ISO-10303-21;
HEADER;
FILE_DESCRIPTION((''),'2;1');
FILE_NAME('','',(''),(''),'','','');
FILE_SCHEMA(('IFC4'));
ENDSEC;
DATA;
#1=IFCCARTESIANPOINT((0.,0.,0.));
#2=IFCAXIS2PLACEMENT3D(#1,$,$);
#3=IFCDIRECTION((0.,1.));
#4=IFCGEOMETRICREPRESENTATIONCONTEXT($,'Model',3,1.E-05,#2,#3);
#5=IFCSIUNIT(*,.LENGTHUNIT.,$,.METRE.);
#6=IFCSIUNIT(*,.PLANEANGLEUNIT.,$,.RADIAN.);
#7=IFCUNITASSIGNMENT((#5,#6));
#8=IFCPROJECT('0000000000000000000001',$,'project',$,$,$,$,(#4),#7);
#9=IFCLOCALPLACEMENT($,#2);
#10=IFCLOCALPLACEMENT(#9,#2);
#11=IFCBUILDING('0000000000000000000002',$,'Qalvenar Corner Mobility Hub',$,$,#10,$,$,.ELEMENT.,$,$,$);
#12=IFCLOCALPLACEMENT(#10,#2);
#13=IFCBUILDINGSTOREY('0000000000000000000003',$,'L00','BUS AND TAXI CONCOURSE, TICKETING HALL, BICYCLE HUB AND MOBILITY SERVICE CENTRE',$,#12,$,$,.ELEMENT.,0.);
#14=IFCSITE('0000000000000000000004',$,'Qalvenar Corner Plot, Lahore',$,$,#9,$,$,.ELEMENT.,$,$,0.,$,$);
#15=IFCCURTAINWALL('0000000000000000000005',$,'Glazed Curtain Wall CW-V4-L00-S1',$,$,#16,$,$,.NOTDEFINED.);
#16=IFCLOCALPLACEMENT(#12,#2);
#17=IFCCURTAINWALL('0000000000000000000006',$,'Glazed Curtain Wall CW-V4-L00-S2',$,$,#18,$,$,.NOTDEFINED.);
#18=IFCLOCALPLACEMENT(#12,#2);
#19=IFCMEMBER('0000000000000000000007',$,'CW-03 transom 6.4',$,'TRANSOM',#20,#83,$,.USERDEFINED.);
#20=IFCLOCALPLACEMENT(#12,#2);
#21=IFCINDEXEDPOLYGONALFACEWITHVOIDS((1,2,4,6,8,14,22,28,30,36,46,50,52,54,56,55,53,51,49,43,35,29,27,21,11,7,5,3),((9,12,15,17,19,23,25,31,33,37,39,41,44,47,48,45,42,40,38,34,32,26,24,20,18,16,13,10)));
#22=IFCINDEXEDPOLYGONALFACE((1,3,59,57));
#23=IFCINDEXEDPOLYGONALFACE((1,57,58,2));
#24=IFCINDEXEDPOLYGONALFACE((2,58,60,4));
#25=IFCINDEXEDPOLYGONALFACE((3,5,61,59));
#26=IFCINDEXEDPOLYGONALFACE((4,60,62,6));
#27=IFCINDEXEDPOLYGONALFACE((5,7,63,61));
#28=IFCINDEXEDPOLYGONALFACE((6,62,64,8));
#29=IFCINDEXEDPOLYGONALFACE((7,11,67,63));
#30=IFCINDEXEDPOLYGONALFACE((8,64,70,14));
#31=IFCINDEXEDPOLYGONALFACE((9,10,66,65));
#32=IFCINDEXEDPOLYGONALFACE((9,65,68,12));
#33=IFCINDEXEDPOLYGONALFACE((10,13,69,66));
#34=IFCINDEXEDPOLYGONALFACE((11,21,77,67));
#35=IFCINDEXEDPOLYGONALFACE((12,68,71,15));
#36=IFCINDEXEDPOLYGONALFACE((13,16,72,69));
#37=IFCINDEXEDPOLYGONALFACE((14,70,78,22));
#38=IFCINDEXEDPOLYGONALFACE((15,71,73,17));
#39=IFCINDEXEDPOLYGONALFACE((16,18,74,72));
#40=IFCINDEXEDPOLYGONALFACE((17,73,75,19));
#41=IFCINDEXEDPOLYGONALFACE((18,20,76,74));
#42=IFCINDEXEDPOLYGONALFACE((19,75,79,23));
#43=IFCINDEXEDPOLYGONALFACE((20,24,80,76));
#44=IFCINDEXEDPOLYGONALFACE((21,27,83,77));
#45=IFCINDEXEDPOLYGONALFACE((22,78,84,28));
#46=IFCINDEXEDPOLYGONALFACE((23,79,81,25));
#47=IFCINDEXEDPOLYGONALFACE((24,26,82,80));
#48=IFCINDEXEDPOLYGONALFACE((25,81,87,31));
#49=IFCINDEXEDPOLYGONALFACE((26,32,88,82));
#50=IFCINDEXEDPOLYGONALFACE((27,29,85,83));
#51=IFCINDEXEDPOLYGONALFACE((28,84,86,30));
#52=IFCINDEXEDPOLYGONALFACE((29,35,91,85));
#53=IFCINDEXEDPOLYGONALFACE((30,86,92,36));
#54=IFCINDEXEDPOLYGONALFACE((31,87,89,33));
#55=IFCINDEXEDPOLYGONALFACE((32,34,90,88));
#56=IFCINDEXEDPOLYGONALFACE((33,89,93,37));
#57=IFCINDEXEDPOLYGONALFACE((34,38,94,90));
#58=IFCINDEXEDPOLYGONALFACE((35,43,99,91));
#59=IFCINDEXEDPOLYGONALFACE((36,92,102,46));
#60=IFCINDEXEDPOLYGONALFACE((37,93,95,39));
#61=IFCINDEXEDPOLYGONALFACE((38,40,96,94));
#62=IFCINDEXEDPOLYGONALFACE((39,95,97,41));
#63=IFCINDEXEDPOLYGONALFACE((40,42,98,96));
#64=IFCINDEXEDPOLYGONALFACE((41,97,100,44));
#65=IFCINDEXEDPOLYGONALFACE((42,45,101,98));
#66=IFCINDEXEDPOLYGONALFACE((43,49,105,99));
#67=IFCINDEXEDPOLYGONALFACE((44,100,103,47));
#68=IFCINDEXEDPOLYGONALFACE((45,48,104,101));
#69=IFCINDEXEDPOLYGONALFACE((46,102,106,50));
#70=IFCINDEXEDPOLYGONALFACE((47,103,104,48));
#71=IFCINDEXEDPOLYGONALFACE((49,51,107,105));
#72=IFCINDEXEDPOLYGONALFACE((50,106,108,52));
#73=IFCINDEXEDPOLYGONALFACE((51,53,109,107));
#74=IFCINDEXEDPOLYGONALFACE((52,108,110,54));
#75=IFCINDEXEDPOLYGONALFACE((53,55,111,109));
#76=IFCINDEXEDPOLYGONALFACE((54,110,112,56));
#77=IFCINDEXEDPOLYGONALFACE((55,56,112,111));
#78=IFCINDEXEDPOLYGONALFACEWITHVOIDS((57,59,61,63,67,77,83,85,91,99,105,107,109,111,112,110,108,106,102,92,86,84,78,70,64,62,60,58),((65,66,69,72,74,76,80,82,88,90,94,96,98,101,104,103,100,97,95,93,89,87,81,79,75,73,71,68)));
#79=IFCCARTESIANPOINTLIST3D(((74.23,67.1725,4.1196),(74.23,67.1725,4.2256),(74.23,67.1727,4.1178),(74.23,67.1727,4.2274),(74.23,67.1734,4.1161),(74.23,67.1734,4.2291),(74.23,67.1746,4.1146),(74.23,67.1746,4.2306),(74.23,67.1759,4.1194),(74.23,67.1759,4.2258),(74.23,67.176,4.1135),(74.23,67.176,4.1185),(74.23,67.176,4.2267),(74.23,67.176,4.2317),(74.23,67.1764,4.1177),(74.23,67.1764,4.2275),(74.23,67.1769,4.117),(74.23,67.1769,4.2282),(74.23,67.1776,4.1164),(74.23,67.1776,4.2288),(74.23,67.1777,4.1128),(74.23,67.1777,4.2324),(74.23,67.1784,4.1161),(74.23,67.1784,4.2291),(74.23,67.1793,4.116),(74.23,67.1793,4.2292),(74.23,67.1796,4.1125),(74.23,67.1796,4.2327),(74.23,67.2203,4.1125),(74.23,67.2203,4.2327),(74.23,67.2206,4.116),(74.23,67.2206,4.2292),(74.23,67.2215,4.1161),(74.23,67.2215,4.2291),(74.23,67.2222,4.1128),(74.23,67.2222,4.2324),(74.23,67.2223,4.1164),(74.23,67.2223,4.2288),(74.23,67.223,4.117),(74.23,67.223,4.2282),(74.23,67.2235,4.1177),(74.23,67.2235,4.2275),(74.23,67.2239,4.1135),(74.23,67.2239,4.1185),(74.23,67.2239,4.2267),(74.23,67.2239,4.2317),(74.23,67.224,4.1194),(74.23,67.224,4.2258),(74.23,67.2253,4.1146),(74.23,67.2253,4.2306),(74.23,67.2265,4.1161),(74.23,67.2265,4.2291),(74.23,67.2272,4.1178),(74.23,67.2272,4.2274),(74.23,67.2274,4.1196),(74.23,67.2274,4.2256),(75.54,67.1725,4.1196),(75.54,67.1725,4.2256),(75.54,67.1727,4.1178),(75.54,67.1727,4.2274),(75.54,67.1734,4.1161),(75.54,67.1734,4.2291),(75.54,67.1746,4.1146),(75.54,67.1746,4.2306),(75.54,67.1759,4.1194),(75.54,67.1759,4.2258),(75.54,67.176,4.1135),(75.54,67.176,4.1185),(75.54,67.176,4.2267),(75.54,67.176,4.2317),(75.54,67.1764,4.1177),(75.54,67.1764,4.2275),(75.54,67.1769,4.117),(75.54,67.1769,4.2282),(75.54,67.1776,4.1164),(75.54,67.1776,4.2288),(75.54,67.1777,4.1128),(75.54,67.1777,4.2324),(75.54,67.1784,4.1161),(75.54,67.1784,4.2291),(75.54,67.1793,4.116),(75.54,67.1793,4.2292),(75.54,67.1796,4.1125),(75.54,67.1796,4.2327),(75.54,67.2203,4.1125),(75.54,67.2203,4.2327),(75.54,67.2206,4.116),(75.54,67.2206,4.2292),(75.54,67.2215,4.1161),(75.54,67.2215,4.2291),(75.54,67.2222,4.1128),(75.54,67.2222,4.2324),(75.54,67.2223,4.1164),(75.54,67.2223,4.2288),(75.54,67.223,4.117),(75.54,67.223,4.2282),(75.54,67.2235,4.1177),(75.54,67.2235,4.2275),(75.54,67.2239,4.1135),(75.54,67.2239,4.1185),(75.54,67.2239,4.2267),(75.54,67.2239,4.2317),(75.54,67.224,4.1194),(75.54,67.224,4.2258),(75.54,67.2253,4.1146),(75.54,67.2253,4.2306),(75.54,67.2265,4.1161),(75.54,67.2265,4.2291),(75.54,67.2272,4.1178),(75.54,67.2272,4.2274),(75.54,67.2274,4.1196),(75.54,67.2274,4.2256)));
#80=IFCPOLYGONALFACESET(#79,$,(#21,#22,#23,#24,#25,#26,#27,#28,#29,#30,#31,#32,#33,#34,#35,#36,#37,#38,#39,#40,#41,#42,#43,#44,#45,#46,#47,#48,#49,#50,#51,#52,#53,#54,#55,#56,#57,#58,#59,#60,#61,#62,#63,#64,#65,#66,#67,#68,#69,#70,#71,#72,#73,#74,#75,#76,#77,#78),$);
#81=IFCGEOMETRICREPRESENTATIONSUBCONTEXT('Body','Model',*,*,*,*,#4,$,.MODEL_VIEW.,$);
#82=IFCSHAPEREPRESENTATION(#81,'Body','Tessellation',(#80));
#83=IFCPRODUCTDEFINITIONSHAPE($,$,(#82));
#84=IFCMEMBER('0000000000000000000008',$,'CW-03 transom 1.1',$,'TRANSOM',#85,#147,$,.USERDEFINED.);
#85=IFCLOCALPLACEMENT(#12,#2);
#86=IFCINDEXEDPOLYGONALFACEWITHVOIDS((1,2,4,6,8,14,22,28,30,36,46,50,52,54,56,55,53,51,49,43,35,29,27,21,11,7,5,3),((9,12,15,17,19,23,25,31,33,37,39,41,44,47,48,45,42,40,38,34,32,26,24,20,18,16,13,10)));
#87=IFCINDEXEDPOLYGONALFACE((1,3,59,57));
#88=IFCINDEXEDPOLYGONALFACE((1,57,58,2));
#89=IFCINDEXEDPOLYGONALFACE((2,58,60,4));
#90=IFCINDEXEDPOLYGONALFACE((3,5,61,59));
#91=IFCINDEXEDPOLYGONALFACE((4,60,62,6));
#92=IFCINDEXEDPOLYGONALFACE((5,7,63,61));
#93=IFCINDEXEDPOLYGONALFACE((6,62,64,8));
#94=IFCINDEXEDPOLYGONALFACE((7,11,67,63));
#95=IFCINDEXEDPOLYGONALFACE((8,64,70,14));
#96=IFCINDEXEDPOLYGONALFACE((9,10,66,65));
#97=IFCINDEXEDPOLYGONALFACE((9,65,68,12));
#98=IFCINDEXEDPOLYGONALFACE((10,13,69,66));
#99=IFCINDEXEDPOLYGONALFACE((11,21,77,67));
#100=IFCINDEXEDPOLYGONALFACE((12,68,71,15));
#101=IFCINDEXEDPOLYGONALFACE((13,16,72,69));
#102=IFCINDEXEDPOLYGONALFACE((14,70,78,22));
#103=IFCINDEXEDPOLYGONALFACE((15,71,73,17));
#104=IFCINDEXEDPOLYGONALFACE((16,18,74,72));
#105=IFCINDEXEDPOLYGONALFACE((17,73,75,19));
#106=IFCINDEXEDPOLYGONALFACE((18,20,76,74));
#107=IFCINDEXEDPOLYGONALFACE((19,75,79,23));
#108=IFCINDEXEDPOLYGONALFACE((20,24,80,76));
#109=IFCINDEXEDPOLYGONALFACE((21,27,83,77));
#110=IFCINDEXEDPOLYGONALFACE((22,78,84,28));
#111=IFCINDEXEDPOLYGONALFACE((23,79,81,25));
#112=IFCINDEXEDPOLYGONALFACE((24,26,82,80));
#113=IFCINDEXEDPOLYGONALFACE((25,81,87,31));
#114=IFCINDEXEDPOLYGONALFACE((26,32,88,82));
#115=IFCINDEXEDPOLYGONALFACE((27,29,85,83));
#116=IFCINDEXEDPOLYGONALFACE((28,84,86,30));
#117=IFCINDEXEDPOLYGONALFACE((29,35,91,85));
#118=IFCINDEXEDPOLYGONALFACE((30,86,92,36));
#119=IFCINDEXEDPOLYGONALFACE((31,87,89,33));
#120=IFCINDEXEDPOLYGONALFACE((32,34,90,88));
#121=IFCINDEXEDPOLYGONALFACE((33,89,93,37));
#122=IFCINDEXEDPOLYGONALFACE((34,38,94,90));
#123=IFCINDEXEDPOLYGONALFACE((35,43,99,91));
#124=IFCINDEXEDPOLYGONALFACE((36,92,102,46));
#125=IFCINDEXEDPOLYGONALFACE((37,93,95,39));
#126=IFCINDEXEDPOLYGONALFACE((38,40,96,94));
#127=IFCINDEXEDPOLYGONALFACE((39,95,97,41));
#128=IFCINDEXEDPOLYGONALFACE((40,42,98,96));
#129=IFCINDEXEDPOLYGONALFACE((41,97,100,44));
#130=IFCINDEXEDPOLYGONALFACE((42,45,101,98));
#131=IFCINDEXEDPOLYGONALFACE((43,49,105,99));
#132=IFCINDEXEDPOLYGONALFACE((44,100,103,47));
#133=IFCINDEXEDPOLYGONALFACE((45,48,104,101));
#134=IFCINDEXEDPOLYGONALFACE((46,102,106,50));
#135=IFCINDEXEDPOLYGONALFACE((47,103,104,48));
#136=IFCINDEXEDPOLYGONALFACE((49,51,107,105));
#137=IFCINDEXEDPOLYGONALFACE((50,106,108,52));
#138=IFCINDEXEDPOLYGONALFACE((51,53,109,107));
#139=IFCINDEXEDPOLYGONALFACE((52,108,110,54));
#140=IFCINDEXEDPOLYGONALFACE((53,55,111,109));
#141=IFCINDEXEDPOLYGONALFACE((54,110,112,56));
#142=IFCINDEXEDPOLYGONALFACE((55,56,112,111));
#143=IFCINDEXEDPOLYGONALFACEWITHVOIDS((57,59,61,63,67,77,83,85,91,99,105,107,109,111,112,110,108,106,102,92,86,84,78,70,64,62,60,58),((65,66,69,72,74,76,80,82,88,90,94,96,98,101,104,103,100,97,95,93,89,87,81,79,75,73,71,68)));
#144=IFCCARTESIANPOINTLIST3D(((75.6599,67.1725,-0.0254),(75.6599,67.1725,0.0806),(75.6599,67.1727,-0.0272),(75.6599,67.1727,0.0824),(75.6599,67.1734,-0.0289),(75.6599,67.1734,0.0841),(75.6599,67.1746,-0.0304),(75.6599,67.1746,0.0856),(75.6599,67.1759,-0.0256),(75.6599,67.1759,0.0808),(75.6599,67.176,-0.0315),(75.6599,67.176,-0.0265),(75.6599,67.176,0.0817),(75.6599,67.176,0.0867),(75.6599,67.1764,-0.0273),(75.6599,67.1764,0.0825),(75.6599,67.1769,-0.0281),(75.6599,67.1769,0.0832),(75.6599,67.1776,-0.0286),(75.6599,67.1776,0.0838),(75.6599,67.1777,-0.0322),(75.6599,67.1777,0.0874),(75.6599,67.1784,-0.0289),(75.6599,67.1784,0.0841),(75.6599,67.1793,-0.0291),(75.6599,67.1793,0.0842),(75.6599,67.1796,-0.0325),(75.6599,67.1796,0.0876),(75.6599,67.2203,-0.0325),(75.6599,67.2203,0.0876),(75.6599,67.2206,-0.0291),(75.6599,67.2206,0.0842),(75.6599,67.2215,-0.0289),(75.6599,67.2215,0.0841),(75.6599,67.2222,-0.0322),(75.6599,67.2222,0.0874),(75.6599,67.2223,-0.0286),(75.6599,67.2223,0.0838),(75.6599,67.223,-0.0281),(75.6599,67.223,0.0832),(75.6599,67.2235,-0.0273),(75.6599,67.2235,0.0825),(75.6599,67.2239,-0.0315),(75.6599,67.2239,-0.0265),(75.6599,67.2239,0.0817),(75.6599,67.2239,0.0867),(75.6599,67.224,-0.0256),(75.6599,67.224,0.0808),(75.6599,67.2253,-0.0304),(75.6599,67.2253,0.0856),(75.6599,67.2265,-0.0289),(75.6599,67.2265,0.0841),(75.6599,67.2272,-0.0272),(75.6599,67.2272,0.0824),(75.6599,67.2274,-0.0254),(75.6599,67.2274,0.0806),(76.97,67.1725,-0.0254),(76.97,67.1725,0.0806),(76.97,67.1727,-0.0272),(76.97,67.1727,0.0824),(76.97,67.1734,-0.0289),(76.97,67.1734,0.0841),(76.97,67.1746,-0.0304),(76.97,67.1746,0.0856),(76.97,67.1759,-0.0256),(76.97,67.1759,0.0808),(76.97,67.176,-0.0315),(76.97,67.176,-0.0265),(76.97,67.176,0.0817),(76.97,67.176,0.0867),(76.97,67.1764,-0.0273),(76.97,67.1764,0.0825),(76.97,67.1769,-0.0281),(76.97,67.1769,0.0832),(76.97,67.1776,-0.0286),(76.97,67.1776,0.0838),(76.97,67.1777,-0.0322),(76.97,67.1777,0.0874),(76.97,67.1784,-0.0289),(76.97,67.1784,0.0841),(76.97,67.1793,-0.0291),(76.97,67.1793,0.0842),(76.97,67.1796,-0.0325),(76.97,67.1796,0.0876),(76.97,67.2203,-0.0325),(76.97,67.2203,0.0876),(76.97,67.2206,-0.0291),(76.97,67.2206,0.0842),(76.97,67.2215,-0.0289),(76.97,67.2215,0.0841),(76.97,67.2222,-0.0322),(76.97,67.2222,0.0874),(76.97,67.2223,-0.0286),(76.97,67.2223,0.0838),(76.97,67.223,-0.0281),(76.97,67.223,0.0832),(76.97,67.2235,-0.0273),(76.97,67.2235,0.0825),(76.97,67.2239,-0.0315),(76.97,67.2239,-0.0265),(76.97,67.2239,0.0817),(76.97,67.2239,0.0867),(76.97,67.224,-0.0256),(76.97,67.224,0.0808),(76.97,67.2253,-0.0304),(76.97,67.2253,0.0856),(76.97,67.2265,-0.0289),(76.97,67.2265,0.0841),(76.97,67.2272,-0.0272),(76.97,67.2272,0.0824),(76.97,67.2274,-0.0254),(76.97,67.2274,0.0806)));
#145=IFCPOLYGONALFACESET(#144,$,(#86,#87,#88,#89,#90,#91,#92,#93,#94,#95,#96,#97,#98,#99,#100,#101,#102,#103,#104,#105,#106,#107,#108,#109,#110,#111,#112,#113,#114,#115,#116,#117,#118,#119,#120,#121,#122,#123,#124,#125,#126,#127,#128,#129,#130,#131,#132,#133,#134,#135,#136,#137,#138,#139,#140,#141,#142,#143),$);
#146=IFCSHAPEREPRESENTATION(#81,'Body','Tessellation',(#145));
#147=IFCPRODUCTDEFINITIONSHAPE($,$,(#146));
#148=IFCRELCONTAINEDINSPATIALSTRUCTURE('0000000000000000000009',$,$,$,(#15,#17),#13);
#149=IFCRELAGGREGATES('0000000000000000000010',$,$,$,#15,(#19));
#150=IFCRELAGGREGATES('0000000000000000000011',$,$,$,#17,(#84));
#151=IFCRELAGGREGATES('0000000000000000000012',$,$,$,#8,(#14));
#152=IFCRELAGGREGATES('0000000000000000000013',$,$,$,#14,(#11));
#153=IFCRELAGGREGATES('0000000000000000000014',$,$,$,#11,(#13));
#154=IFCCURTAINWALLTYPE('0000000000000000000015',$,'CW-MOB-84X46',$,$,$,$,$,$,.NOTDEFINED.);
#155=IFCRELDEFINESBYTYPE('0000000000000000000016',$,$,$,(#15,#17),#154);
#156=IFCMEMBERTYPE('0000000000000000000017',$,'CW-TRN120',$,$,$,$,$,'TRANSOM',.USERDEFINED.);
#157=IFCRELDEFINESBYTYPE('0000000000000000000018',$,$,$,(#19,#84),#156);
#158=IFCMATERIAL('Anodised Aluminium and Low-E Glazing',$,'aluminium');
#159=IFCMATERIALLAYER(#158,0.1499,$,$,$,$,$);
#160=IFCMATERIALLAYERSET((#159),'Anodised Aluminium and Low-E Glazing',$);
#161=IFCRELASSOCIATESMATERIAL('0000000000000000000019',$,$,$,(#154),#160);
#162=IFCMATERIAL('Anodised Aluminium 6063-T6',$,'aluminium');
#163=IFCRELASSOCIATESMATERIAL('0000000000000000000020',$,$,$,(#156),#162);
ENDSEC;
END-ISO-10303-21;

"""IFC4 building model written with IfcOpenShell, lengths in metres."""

from ifc_helpers import new_model, si_unit, direction, frame, origin, origin_2d, place, context, subcontext, project, spatial, hollow_rectangle, extrude, material, layer, layer_set, material_profile, profile_set, type_object, element, aggregate, save


model = new_model("IFC4")

# Units and contexts
model_context = context("Model", 3, precision=1e-05, world=origin(), true_north=direction((0.0, 1.0)))
body_context = subcontext(model_context, "Body", "Model", "MODEL_VIEW")
ifc_project = project(units=[si_unit("LENGTHUNIT", "METRE"), si_unit("PLANEANGLEUNIT", "RADIAN")], contexts=[model_context])

# Site, building, storey
site_placement = place(None, origin())
site = spatial("IfcSite", under=ifc_project, at=site_placement, Name="Qalvenar Corner Plot, Lahore", CompositionType="ELEMENT", RefElevation=0.0)
building_placement = place(site_placement, origin())
building = spatial("IfcBuilding", under=site, at=building_placement, Name="Qalvenar Corner Mobility Hub", CompositionType="ELEMENT")
storey_placement = place(building_placement, origin())
storey = spatial("IfcBuildingStorey", under=building, at=storey_placement, Name="L00", Description="BUS AND TAXI CONCOURSE, TICKETING HALL, BICYCLE HUB AND MOBILITY SERVICE CENTRE", CompositionType="ELEMENT", Elevation=0.0)

# Curtain walls
ifc_material_1 = material(Name="Anodised Aluminium and Low-E Glazing", Category="aluminium")
ifc_layer_1 = layer(ifc_material_1, 0.1499)
ifc_layer_set_1 = layer_set([ifc_layer_1], Name="Anodised Aluminium and Low-E Glazing")
curtain_wall_type = type_object("IfcCurtainWallType", Name="CW-MOB-84X46", PredefinedType="NOTDEFINED", material=ifc_layer_set_1)
curtain_wall_1_placement = place(storey_placement, origin())
curtain_wall_1 = element("IfcCurtainWall", 1, at=curtain_wall_1_placement, inside=storey, type_object=curtain_wall_type, Name="Glazed Curtain Wall CW-V4-L00-S1", PredefinedType="NOTDEFINED")
ifc_material_2 = material(Name="Anodised Aluminium 6063-T6", Category="aluminium")
curtain_wall_2_placement = place(storey_placement, origin())
curtain_wall_2 = element("IfcCurtainWall", 2, at=curtain_wall_2_placement, inside=storey, type_object=curtain_wall_type, Name="Glazed Curtain Wall CW-V4-L00-S2", PredefinedType="NOTDEFINED")

# Members
ifc_material_profile_1 = material_profile(ifc_material_2, hollow_rectangle(XDim=0.0549, YDim=0.1201, WallThickness=0.0034, InnerFilletRadius=0.0034, OuterFilletRadius=0.0071, at=origin_2d()), Name="RHS120x55x3.5")
ifc_profile_set_1 = profile_set([ifc_material_profile_1], Name="Anodised Aluminium 6063-T6")
member_type_1 = type_object("IfcMemberType", Name="CW-TRN120", ElementType="TRANSOM", PredefinedType="USERDEFINED", material=ifc_profile_set_1)
member_1_placement = place(storey_placement, frame((74.23, 67.2, 4.1726), z_axis=(1.0, 0.0, 0.0), x_axis=(0.0, 1.0, 0.0)))
member_1 = element("IfcMember", 3, at=member_1_placement, type_object=member_type_1, Name="CW-03 transom 6.4", ObjectType="TRANSOM", PredefinedType="USERDEFINED", context=body_context, shape_type="SweptSolid", body=[
    extrude(hollow_rectangle(XDim=0.0549, YDim=0.1201, WallThickness=0.0034, InnerFilletRadius=0.0034, OuterFilletRadius=0.0071, at=origin_2d()), origin(), (0.0, 0.0, 1.0), 1.3101),
])
member_2_placement = place(storey_placement, frame((75.6599, 67.2, 0.0276), z_axis=(1.0, 0.0, 0.0), x_axis=(0.0, 1.0, 0.0)))
member_2 = element("IfcMember", 4, at=member_2_placement, type_object=member_type_1, Name="CW-03 transom 1.1", ObjectType="TRANSOM", PredefinedType="USERDEFINED", context=body_context, shape_type="SweptSolid", body=[
    extrude(hollow_rectangle(XDim=0.0549, YDim=0.1201, WallThickness=0.0034, InnerFilletRadius=0.0034, OuterFilletRadius=0.0071, at=origin_2d()), origin(), (0.0, 0.0, 1.0), 1.3101),
])

aggregate(curtain_wall_1, [member_1])
aggregate(curtain_wall_2, [member_2])

save(model, "model.ifc")
